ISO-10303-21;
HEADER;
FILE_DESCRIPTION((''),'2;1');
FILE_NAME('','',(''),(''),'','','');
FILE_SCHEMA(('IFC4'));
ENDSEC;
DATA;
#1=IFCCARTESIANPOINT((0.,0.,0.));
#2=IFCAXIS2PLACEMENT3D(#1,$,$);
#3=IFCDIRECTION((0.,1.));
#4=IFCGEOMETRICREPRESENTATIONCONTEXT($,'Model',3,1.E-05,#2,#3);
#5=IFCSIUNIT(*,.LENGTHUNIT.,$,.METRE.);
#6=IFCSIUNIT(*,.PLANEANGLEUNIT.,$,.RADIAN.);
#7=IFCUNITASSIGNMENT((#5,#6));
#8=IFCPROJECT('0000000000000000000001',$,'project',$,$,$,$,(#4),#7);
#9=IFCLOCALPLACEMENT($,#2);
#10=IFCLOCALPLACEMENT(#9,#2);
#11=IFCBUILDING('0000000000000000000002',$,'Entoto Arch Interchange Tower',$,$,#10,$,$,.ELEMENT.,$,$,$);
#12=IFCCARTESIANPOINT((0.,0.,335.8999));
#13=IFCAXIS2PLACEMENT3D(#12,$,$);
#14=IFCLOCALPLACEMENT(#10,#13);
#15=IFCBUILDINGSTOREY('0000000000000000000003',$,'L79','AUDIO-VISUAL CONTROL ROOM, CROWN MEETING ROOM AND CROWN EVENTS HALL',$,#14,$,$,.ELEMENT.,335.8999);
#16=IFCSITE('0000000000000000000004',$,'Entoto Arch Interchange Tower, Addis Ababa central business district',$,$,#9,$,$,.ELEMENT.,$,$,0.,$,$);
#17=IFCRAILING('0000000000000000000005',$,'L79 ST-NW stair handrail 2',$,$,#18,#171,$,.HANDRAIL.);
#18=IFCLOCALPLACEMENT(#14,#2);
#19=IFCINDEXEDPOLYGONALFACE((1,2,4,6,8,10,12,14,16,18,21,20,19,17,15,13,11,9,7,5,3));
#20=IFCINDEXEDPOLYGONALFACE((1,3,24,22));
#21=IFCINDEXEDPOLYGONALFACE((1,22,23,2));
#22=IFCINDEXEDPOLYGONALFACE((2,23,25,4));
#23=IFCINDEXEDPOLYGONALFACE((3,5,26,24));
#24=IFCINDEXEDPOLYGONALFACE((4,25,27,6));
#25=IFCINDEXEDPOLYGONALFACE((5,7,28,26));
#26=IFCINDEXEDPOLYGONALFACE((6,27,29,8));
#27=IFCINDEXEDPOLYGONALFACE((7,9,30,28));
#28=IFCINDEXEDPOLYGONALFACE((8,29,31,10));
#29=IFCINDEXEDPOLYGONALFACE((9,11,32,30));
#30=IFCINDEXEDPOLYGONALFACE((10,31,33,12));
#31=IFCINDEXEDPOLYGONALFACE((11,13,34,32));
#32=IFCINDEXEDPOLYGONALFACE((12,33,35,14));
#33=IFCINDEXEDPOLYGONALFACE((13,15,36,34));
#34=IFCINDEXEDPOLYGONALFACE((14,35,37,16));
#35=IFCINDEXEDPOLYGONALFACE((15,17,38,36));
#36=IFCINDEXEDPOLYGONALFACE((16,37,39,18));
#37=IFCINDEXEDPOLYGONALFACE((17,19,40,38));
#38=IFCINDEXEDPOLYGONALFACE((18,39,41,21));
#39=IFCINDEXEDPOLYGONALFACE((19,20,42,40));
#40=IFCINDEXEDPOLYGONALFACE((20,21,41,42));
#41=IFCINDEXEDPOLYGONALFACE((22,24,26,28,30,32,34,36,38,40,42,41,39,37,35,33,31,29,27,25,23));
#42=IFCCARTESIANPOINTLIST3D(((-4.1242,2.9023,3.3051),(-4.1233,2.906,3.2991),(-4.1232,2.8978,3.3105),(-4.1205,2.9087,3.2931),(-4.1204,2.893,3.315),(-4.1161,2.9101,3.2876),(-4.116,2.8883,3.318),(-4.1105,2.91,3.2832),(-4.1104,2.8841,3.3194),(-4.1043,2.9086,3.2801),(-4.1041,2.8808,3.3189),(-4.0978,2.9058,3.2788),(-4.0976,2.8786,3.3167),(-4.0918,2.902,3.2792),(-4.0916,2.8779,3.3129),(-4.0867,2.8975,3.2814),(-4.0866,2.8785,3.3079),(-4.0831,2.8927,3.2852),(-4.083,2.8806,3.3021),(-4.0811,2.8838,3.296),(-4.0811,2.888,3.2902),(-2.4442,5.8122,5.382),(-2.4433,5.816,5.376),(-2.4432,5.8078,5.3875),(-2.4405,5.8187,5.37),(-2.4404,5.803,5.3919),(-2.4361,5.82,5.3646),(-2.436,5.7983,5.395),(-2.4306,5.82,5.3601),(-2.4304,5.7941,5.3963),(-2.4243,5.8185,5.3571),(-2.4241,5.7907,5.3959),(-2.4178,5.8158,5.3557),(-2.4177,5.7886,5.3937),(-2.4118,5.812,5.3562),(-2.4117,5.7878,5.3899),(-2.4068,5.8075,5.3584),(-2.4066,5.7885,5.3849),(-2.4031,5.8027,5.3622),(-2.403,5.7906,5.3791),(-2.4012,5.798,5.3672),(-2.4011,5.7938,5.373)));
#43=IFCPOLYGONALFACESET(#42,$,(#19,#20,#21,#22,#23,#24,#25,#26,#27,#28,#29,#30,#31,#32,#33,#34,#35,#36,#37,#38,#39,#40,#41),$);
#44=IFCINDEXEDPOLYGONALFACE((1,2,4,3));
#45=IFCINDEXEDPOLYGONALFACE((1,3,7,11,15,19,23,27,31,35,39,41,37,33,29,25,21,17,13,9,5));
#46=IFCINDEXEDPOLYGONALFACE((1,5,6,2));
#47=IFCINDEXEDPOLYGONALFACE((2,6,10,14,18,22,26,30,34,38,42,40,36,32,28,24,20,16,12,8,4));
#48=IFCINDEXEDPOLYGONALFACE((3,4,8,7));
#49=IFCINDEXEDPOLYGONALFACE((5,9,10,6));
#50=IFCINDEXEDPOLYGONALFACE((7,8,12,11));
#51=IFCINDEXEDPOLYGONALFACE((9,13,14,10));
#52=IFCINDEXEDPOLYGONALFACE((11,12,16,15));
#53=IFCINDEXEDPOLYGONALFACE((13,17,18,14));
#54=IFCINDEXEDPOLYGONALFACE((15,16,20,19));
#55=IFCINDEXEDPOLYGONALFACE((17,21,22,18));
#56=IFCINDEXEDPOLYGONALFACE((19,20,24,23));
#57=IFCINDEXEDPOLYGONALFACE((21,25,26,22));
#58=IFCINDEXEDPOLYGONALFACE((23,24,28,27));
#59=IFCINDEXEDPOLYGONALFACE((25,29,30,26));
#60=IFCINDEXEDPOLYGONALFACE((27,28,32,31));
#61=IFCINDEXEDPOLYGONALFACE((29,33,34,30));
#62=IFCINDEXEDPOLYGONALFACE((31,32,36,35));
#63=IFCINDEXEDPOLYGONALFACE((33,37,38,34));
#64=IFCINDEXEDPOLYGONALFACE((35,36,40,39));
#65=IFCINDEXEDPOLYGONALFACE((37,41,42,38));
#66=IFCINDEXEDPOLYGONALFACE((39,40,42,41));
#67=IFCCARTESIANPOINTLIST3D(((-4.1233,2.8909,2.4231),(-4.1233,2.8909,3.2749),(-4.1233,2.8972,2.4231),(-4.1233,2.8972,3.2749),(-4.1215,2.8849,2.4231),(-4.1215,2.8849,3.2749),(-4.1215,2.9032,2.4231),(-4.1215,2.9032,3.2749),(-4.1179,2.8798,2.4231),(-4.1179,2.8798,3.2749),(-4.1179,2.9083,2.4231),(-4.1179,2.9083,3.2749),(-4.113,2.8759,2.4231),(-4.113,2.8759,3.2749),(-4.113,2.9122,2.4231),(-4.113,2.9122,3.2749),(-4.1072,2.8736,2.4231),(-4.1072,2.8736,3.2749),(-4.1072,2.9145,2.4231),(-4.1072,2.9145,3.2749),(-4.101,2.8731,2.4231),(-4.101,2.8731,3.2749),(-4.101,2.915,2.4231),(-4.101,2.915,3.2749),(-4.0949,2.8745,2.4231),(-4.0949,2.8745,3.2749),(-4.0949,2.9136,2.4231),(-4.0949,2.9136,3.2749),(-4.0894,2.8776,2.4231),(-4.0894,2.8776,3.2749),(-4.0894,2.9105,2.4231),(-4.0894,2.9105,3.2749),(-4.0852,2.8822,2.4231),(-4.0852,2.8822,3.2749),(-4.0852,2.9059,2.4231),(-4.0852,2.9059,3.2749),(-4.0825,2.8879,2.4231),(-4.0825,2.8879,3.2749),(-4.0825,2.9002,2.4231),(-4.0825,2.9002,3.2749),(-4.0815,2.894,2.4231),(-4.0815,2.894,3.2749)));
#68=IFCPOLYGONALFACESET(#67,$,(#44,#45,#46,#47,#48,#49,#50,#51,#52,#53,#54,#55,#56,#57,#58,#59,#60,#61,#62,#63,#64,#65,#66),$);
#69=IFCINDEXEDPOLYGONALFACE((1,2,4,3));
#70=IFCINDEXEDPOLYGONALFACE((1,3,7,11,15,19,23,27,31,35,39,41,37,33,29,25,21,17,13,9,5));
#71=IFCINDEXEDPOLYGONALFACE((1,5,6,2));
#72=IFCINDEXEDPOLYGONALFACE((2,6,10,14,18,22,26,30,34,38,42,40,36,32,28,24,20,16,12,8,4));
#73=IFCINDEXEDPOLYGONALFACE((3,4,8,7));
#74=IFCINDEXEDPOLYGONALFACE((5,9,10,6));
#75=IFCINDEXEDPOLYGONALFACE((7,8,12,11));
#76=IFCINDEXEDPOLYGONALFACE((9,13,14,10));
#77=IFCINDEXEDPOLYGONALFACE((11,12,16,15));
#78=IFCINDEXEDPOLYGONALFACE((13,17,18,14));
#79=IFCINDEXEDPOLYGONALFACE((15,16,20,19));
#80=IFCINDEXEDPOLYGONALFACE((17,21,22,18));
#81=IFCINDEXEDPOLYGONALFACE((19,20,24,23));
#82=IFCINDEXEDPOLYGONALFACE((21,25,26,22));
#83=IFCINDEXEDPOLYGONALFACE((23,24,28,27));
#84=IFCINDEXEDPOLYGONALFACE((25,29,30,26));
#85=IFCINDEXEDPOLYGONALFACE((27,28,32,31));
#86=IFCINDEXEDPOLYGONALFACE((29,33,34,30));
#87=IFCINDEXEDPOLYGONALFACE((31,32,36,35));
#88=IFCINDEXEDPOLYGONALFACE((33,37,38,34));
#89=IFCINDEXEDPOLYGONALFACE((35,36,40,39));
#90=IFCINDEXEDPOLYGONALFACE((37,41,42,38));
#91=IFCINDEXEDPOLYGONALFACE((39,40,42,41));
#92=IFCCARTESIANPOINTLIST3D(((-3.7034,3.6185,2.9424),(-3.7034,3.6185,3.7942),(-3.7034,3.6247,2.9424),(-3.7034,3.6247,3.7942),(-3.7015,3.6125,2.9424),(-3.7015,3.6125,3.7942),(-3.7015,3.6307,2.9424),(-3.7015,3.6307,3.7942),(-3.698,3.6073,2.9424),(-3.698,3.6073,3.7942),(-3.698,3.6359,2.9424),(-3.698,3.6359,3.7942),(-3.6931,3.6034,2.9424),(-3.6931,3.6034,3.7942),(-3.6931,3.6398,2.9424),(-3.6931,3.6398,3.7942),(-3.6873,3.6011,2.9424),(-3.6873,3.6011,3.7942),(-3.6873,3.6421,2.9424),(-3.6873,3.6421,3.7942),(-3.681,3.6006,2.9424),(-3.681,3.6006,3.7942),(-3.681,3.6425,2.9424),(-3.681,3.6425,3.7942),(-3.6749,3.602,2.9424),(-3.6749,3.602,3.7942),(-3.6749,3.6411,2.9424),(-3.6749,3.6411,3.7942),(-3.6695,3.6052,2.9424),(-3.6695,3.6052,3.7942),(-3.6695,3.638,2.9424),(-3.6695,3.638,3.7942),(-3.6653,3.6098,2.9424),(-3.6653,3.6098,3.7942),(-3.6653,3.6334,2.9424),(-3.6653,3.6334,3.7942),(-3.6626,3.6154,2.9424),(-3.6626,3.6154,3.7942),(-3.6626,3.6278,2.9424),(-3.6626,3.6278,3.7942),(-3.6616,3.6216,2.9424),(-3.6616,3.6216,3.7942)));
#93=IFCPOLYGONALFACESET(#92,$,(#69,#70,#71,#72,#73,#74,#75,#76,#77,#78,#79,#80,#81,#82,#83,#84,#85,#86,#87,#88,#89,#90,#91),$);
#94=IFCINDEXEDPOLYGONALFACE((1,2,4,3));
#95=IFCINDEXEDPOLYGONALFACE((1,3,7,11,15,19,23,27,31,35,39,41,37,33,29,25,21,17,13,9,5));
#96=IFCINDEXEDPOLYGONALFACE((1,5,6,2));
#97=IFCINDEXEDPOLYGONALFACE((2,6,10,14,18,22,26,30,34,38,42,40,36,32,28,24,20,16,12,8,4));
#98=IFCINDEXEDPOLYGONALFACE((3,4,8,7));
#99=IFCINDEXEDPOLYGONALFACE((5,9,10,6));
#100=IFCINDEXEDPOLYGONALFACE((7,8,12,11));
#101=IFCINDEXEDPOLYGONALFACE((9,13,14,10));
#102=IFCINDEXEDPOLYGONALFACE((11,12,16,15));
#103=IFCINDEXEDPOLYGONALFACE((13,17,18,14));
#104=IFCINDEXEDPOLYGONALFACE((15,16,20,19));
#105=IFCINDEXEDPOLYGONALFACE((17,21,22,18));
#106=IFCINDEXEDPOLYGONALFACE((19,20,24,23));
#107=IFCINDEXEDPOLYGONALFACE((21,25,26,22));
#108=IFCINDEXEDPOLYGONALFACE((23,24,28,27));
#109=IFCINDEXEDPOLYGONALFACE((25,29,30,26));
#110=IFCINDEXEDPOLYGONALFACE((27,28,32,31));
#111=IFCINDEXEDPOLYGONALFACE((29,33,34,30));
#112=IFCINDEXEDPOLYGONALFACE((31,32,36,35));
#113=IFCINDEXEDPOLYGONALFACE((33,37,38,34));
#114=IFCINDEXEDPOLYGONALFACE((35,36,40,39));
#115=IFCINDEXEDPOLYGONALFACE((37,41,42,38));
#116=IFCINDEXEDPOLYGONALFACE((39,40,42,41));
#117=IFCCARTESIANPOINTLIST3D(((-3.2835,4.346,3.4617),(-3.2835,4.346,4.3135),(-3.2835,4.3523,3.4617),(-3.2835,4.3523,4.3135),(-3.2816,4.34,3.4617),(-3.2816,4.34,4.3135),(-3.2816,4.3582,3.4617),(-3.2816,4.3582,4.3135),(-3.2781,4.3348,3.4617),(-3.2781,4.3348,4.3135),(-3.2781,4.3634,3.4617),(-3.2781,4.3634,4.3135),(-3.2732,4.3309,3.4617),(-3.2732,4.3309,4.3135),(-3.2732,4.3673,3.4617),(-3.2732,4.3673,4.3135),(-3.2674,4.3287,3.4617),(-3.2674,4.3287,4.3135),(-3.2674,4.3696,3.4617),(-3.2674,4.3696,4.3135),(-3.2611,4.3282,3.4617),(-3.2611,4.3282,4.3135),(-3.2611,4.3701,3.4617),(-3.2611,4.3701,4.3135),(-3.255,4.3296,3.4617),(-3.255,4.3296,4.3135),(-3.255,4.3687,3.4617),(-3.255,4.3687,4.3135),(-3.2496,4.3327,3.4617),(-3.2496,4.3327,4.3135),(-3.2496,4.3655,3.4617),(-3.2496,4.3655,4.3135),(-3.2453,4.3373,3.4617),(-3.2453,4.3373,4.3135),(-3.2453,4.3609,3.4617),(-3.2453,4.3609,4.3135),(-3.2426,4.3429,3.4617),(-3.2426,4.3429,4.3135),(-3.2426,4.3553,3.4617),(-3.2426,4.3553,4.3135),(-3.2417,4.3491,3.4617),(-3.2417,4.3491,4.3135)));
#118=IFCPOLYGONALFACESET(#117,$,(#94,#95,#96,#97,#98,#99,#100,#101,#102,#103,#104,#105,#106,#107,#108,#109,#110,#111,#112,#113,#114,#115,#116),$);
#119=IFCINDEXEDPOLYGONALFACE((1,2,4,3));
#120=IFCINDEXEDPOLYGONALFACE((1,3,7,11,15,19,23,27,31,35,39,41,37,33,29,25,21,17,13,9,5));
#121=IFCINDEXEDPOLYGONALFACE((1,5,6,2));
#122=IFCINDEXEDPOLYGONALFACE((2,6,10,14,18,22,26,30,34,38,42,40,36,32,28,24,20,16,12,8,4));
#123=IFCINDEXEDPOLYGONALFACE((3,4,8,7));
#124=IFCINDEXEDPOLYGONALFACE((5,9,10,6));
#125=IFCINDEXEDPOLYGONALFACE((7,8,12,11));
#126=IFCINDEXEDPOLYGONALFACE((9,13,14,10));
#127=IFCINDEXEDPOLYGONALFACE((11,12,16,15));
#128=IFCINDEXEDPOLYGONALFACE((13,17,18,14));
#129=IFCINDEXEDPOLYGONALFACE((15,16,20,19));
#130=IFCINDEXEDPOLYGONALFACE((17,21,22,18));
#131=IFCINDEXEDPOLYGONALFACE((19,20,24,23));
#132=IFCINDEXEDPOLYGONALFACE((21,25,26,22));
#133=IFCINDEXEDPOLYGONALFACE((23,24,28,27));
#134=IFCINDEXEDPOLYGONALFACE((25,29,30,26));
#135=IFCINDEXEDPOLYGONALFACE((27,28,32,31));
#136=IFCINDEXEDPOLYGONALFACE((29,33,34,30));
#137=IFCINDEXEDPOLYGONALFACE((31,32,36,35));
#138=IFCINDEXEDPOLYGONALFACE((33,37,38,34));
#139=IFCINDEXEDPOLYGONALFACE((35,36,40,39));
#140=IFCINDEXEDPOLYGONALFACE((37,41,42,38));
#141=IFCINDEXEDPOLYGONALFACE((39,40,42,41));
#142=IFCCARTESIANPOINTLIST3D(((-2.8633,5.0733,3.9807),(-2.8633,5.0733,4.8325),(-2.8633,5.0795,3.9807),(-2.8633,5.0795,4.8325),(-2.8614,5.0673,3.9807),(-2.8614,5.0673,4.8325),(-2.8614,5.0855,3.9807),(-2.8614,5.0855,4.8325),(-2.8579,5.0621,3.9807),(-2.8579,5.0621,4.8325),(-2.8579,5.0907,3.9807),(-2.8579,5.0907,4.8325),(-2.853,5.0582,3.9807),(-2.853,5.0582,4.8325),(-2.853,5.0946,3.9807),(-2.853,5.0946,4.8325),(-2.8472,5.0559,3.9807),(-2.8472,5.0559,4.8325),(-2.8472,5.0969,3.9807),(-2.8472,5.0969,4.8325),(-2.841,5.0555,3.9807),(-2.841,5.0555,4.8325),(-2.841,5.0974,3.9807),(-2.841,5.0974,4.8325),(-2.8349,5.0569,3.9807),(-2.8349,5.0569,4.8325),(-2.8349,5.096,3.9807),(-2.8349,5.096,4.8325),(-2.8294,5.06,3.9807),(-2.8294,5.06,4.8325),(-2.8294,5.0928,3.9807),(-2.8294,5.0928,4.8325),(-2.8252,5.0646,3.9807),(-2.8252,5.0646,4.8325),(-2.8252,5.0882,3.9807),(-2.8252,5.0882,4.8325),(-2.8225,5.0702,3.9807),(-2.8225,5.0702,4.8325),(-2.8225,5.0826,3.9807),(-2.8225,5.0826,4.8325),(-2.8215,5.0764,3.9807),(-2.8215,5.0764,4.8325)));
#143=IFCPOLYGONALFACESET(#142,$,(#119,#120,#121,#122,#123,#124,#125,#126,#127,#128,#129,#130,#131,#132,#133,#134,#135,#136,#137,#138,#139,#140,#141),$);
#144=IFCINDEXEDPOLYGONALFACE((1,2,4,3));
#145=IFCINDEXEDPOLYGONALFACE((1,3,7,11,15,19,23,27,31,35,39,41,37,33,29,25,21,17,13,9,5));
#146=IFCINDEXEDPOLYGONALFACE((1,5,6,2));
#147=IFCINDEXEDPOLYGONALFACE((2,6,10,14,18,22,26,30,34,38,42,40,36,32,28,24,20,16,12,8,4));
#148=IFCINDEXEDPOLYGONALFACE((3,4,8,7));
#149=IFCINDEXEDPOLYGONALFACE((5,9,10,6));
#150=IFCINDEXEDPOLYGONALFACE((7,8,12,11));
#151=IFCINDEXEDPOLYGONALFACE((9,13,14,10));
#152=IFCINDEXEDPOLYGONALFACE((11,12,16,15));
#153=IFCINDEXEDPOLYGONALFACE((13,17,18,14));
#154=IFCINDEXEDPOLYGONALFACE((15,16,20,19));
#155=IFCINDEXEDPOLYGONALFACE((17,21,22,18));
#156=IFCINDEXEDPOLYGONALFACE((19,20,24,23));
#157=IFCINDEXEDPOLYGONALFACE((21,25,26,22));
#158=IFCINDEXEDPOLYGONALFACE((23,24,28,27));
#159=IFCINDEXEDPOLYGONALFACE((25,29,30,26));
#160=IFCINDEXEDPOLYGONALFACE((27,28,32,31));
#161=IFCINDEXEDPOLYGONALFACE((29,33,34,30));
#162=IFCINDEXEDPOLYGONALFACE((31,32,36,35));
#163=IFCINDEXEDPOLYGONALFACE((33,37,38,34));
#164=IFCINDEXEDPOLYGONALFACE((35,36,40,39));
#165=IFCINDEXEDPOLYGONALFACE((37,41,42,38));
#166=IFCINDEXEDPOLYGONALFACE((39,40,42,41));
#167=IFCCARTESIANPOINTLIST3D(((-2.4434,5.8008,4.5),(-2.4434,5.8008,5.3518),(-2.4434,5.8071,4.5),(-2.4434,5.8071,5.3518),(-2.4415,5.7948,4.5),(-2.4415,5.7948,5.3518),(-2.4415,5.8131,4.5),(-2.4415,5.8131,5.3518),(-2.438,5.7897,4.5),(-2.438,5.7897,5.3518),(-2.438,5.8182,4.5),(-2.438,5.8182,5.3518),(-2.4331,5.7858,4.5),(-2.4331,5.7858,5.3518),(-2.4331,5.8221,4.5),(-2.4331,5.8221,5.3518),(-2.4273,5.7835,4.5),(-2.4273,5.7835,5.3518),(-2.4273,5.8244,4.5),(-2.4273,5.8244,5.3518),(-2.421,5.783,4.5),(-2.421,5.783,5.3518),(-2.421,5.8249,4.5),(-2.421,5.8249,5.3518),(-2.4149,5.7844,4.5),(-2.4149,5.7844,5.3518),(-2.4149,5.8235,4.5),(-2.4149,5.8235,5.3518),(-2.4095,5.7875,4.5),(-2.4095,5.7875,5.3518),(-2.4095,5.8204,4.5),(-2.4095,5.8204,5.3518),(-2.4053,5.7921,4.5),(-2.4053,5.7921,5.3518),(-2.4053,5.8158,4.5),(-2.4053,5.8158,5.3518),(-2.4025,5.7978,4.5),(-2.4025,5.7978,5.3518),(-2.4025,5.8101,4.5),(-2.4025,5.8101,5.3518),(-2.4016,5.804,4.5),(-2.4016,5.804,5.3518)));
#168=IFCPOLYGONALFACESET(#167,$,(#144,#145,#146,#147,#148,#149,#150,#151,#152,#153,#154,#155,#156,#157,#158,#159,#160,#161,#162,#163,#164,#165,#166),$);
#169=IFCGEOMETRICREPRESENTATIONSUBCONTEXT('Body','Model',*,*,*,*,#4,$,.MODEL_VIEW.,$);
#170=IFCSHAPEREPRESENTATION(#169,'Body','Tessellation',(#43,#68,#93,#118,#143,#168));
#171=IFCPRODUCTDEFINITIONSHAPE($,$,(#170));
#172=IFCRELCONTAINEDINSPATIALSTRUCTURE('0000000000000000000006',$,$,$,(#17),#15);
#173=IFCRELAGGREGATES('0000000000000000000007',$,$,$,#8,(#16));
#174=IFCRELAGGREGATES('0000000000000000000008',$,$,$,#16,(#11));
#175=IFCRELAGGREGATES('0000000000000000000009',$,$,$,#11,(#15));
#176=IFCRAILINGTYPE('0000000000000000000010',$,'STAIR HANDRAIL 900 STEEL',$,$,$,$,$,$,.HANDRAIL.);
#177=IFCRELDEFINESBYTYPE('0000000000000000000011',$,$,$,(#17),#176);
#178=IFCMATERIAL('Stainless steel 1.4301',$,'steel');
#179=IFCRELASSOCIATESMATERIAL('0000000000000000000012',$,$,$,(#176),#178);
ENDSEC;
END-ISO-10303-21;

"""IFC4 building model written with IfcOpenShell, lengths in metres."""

from ifc_helpers import new_model, si_unit, direction, frame, origin, origin_2d, place, context, subcontext, project, spatial, circle, extrude, material, type_object, element, save


model = new_model("IFC4")

# Units and contexts
model_context = context("Model", 3, precision=1e-05, world=origin(), true_north=direction((0.0, 1.0)))
body_context = subcontext(model_context, "Body", "Model", "MODEL_VIEW")
ifc_project = project(units=[si_unit("LENGTHUNIT", "METRE"), si_unit("PLANEANGLEUNIT", "RADIAN")], contexts=[model_context])

# Site, building, storey
site_placement = place(None, origin())
site = spatial("IfcSite", under=ifc_project, at=site_placement, Name="Entoto Arch Interchange Tower, Addis Ababa central business district", CompositionType="ELEMENT", RefElevation=0.0)
building_placement = place(site_placement, origin())
building = spatial("IfcBuilding", under=site, at=building_placement, Name="Entoto Arch Interchange Tower", CompositionType="ELEMENT")
storey_placement = place(building_placement, frame((0.0, 0.0, 335.8999)))
storey = spatial("IfcBuildingStorey", under=building, at=storey_placement, Name="L79", Description="AUDIO-VISUAL CONTROL ROOM, CROWN MEETING ROOM AND CROWN EVENTS HALL", CompositionType="ELEMENT", Elevation=335.8999)

# Railing
ifc_material_1 = material(Name="Stainless steel 1.4301", Category="steel")
railing_type_1 = type_object("IfcRailingType", Name="STAIR HANDRAIL 900 STEEL", PredefinedType="HANDRAIL", material=ifc_material_1)
railing_1_placement = place(storey_placement, frame((-4.1025, 2.894, 2.4231)))
element("IfcRailing", 1, at=railing_1_placement, inside=storey, type_object=railing_type_1, Name="L79 ST-NW stair handrail 2", PredefinedType="HANDRAIL", context=body_context, shape_type="SweptSolid", body=[
    extrude(circle(Radius=0.0239, at=origin_2d()), frame((0.0, 0.0, 0.876), z_axis=(0.425288, 0.736668, 0.525785), x_axis=(-0.866039, 0.499976, 0.0)), (0.0, 0.0, 1.0), 3.9502),
    extrude(circle(Radius=0.021, at=origin_2d()), origin(), (0.0, 0.0, 1.0), 0.8518),
    extrude(circle(Radius=0.021, at=origin_2d()), frame((0.4199, 0.7275, 0.5193)), (0.0, 0.0, 1.0), 0.8518),
    extrude(circle(Radius=0.021, at=origin_2d()), frame((0.8398, 1.4551, 1.0386)), (0.0, 0.0, 1.0), 0.8518),
    extrude(circle(Radius=0.021, at=origin_2d()), frame((1.26, 2.1824, 1.5576)), (0.0, 0.0, 1.0), 0.8518),
    extrude(circle(Radius=0.021, at=origin_2d()), frame((1.6799, 2.9099, 2.0769)), (0.0, 0.0, 1.0), 0.8518),
])

save(model, "model.ifc")
